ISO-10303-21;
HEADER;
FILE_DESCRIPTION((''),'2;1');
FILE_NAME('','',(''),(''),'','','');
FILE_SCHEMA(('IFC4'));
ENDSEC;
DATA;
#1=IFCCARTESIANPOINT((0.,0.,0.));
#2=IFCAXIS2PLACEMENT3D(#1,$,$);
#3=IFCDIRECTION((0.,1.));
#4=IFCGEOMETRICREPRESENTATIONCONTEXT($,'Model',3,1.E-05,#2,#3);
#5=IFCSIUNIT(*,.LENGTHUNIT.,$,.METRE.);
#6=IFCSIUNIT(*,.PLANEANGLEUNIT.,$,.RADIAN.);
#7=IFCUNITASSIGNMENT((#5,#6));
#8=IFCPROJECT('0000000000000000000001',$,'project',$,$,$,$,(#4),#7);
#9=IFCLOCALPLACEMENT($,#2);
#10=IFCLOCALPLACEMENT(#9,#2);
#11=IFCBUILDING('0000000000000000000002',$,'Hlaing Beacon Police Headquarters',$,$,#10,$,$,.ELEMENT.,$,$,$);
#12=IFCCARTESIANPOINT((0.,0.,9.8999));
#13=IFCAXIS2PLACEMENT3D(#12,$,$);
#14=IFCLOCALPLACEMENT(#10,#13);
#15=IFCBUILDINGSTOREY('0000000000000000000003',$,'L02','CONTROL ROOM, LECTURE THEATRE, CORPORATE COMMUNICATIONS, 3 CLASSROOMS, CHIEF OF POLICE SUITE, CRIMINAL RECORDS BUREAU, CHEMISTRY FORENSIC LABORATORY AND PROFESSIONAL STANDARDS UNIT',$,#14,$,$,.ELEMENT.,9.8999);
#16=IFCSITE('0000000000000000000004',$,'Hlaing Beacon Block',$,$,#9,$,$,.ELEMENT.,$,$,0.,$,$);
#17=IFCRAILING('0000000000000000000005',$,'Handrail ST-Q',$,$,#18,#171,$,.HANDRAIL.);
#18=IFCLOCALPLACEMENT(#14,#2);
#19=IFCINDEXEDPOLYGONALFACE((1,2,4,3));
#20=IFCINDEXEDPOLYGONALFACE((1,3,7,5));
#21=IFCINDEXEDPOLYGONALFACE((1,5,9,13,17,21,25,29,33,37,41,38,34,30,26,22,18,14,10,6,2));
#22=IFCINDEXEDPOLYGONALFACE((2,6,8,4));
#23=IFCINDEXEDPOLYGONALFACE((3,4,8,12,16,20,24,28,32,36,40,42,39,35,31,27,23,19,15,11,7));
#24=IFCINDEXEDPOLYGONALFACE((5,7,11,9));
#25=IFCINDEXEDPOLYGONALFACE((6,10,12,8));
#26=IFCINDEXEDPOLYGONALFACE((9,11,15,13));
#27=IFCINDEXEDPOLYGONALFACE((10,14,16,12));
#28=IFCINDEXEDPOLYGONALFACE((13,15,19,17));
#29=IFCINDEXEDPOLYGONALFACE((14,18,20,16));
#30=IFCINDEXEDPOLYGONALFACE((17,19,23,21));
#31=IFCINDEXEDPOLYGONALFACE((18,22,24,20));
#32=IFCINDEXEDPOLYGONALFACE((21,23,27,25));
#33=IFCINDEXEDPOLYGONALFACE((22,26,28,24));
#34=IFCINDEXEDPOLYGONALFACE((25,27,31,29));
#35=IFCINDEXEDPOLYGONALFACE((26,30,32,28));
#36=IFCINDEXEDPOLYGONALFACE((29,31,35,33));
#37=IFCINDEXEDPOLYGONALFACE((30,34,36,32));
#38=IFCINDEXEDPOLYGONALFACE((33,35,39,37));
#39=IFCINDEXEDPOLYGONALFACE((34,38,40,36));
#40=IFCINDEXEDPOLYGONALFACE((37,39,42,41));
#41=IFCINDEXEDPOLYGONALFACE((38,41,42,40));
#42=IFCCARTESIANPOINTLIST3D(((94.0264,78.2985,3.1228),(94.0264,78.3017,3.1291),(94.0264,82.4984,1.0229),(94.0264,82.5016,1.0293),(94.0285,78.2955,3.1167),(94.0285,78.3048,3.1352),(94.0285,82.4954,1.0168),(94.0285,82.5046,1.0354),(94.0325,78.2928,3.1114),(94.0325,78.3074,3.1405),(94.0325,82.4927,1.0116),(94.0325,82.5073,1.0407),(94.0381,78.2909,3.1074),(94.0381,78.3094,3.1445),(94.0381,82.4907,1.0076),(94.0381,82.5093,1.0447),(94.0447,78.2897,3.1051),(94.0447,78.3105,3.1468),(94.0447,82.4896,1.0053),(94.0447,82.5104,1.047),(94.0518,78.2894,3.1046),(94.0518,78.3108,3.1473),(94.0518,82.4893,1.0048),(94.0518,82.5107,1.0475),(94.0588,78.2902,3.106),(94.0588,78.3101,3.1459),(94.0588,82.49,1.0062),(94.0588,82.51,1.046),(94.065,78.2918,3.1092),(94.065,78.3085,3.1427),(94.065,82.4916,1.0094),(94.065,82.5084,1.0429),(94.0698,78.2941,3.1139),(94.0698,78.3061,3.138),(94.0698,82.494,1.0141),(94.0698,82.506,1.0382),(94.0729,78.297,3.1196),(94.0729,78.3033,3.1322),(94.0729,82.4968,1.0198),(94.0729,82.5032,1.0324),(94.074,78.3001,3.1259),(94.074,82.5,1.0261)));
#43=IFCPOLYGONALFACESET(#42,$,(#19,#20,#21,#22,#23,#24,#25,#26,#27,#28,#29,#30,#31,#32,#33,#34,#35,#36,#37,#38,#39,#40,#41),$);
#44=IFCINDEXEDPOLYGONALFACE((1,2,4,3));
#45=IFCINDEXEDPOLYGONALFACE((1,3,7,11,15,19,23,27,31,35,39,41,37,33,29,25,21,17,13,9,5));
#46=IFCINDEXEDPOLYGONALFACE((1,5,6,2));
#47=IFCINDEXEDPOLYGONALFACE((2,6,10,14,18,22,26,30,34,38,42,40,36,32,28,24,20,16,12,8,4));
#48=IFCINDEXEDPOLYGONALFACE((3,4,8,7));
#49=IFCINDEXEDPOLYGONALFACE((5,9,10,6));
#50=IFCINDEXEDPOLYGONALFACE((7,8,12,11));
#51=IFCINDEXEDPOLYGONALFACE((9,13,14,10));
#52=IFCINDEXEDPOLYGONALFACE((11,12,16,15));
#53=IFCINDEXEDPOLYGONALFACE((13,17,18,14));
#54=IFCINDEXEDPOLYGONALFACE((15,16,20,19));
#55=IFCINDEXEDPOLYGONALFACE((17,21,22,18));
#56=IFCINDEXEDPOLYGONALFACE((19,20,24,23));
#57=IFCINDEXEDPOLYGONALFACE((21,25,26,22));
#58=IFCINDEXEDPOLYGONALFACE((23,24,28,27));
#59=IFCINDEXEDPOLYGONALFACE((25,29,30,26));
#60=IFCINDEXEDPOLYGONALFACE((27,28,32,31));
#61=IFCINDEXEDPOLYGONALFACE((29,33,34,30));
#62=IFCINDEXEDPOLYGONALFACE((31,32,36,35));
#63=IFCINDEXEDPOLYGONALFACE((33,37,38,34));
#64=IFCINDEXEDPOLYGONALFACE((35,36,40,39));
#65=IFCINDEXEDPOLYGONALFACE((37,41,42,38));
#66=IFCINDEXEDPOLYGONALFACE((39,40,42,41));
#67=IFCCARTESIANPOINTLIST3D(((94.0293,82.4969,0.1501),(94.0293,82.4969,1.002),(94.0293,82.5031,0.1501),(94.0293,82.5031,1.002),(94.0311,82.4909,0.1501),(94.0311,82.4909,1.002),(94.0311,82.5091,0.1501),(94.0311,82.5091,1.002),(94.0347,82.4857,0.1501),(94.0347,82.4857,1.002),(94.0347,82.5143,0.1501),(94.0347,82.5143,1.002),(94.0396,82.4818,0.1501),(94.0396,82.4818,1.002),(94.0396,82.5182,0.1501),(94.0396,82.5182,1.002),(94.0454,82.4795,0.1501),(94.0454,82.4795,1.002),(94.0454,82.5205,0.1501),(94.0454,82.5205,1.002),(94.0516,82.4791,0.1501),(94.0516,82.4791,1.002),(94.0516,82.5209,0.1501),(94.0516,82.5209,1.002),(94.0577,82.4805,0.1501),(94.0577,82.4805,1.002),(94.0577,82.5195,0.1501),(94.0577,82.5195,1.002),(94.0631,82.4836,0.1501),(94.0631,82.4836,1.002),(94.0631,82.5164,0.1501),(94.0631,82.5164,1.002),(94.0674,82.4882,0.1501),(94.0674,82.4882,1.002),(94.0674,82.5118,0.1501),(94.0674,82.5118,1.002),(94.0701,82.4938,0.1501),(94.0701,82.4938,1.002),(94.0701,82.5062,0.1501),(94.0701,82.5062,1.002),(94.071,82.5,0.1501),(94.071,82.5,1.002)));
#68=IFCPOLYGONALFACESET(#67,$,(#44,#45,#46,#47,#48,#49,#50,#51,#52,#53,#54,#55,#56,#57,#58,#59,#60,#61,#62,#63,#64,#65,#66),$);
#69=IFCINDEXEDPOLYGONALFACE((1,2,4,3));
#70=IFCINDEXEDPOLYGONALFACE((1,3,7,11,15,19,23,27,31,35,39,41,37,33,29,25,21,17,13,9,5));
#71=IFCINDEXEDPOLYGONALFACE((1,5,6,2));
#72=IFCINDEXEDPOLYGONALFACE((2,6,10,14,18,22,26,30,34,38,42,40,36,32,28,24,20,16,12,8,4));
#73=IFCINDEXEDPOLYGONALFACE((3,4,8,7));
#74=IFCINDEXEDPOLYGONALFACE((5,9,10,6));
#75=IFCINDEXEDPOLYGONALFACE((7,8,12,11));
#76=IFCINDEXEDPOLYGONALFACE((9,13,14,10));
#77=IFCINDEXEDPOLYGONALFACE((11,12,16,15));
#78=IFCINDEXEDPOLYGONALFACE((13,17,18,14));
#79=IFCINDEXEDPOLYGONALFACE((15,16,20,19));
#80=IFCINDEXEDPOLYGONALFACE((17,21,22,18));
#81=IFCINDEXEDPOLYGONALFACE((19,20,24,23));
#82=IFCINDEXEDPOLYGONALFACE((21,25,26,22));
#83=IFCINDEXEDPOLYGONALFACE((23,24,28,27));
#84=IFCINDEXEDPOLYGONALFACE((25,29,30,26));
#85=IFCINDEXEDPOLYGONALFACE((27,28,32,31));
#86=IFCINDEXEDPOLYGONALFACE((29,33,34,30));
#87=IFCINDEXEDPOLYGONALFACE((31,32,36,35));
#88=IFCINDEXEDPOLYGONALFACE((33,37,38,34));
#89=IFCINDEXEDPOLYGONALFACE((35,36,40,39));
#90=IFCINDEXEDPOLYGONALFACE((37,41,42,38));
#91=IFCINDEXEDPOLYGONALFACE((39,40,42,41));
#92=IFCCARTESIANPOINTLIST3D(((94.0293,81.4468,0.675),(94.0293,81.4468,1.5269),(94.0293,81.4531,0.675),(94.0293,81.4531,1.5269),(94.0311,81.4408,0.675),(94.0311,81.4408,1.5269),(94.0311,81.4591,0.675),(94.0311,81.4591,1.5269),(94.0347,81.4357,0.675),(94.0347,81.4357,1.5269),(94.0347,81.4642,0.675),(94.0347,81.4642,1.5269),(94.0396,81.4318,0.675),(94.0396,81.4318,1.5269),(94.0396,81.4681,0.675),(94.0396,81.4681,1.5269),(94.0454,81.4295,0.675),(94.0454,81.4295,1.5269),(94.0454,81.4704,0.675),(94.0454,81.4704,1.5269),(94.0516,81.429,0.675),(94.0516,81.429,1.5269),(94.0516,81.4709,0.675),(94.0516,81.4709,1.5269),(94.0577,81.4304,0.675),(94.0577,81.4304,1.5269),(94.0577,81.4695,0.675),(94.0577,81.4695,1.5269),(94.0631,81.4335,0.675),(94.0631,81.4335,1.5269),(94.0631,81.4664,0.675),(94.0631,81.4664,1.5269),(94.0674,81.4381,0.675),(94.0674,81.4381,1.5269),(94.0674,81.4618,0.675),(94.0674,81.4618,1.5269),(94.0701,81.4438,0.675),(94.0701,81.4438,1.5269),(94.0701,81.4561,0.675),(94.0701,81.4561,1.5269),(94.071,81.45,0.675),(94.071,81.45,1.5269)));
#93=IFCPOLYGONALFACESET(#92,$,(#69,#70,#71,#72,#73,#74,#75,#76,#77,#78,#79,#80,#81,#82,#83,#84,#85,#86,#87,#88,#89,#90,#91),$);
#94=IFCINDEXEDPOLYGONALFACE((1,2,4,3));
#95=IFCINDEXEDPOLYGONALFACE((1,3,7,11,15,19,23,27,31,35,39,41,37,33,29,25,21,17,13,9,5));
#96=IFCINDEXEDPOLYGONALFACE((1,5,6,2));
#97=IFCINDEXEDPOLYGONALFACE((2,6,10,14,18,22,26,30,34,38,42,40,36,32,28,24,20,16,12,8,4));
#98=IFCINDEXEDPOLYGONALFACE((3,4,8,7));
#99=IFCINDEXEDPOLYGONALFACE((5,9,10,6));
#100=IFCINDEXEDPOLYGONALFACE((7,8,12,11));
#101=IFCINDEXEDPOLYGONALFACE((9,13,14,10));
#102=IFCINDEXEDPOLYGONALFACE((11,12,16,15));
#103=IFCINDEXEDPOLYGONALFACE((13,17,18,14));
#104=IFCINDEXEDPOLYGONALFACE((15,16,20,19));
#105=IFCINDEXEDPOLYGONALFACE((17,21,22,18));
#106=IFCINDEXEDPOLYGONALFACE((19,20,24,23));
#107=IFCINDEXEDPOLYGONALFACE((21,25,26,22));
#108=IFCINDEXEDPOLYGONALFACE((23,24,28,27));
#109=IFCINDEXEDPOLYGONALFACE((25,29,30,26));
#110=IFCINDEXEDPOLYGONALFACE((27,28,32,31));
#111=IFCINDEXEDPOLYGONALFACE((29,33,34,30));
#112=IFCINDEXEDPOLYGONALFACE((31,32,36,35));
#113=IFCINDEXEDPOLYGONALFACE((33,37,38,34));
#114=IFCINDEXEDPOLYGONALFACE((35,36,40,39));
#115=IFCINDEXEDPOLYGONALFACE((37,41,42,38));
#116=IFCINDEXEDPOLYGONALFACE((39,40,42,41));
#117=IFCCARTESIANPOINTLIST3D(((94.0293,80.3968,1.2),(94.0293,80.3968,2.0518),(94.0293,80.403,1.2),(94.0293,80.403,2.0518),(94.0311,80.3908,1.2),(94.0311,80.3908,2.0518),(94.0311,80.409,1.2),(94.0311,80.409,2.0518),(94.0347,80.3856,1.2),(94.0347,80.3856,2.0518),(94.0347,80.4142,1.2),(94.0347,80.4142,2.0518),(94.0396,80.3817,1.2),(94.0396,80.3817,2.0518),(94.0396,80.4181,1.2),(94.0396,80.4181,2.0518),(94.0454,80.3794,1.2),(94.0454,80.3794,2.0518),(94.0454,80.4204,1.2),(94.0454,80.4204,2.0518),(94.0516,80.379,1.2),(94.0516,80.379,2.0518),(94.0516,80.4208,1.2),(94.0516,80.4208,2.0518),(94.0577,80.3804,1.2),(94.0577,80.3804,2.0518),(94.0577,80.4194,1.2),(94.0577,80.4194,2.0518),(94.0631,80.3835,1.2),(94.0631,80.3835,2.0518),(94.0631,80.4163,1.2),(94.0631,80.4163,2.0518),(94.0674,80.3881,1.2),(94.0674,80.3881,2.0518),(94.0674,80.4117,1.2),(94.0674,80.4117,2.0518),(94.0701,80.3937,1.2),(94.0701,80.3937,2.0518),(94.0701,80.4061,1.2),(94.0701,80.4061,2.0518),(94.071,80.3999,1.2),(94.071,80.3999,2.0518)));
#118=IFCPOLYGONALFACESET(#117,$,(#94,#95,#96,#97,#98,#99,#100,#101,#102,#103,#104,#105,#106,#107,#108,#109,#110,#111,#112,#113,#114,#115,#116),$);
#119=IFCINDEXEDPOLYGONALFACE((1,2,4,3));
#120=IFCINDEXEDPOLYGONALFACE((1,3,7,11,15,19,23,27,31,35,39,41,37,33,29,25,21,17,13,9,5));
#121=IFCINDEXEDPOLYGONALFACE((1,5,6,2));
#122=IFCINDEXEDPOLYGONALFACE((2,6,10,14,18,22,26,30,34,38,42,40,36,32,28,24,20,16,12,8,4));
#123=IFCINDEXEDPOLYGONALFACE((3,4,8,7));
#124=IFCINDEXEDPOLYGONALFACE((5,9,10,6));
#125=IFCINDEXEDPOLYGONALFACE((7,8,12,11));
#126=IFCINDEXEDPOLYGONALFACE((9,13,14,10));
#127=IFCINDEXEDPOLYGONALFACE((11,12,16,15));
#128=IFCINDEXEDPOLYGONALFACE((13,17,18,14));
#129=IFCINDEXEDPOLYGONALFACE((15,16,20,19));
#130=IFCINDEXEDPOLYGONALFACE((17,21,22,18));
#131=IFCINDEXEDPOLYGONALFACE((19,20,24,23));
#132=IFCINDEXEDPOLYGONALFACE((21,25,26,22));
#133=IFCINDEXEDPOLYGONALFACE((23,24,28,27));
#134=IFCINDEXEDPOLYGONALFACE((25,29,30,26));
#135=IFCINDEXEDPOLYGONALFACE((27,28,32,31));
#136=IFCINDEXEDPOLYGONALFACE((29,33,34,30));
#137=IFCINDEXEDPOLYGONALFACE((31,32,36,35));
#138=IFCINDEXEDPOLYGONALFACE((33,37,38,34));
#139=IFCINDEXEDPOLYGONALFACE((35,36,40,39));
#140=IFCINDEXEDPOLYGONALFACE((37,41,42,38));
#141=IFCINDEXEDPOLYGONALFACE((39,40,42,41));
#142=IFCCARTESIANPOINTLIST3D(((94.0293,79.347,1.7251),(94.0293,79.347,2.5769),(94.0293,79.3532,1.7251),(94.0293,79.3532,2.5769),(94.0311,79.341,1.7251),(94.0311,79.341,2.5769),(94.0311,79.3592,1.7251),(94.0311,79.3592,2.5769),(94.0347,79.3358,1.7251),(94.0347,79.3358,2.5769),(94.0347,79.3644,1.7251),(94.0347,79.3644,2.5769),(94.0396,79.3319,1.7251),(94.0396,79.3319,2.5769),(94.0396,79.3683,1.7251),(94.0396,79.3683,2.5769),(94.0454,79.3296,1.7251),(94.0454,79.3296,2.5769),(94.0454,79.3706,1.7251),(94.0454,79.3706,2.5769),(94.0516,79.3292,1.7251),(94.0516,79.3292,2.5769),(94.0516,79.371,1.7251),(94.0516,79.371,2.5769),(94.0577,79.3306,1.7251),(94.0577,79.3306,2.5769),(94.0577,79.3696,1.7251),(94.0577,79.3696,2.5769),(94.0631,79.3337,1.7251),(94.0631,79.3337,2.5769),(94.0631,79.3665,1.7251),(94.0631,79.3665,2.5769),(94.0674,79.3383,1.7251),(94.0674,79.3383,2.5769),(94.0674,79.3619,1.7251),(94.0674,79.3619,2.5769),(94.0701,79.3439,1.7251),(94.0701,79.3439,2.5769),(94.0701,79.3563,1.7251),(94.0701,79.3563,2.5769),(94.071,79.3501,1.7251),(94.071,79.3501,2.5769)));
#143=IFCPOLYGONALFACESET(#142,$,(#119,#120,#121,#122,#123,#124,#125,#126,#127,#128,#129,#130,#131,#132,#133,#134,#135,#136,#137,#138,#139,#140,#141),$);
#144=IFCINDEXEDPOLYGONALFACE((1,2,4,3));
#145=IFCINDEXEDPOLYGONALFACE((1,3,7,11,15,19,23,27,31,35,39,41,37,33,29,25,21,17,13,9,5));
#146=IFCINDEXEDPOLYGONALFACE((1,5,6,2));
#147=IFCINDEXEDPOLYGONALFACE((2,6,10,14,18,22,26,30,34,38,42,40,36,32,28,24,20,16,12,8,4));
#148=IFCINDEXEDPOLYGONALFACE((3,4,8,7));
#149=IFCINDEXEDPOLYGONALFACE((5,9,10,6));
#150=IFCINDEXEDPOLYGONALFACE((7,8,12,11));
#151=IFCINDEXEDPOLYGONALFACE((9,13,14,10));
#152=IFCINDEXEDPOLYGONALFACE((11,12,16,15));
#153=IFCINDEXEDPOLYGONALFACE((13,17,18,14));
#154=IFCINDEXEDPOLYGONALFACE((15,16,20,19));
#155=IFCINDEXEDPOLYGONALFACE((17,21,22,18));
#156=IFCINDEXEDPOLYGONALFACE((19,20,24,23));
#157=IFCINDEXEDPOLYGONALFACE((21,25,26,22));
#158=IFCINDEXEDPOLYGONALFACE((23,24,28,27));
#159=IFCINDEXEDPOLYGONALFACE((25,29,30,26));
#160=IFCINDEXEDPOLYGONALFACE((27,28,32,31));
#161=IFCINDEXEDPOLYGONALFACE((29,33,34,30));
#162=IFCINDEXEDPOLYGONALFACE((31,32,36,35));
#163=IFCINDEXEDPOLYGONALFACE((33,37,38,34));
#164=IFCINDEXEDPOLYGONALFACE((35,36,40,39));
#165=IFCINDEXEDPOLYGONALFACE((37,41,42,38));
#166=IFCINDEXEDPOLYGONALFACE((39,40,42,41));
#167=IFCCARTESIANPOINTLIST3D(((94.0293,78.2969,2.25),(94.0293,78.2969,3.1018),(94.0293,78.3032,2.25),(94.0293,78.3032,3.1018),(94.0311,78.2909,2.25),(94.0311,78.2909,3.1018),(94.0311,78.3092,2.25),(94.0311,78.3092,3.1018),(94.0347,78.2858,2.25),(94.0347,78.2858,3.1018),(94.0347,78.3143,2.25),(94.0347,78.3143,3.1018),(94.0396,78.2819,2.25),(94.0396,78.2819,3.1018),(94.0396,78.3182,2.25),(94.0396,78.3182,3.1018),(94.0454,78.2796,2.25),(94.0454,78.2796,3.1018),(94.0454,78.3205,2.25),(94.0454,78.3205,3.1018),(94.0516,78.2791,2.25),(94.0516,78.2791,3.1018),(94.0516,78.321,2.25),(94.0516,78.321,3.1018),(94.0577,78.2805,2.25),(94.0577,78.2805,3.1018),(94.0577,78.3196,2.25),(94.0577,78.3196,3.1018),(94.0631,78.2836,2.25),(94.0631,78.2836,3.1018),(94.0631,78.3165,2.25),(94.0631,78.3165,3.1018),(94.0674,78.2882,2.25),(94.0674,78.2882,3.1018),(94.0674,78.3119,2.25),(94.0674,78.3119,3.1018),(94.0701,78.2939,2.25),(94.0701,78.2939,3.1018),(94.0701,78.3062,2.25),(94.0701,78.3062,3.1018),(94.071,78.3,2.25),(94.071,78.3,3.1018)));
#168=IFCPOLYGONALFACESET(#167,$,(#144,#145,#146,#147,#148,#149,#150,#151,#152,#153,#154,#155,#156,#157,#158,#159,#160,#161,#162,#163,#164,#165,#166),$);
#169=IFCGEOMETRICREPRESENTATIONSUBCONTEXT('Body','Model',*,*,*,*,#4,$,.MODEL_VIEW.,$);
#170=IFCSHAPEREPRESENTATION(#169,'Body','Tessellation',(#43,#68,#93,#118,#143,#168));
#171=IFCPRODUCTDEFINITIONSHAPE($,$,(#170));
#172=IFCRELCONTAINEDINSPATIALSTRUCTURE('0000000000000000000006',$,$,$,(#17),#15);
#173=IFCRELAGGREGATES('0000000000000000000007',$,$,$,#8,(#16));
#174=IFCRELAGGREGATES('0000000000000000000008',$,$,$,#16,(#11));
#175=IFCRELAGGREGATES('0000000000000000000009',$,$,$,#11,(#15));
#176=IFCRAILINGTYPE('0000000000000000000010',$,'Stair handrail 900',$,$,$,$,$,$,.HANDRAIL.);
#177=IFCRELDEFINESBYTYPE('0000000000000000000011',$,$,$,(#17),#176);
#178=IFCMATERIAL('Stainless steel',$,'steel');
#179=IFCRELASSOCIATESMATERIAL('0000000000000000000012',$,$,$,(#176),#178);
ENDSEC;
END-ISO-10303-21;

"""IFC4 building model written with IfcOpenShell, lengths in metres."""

from ifc_helpers import new_model, si_unit, direction, frame, origin, origin_2d, place, context, subcontext, project, spatial, circle, extrude, material, type_object, element, save


model = new_model("IFC4")

# Units and contexts
model_context = context("Model", 3, precision=1e-05, world=origin(), true_north=direction((0.0, 1.0)))
body_context = subcontext(model_context, "Body", "Model", "MODEL_VIEW")
ifc_project = project(units=[si_unit("LENGTHUNIT", "METRE"), si_unit("PLANEANGLEUNIT", "RADIAN")], contexts=[model_context])

# Site, building, storey
site_placement = place(None, origin())
site = spatial("IfcSite", under=ifc_project, at=site_placement, Name="Hlaing Beacon Block", CompositionType="ELEMENT", RefElevation=0.0)
building_placement = place(site_placement, origin())
building = spatial("IfcBuilding", under=site, at=building_placement, Name="Hlaing Beacon Police Headquarters", CompositionType="ELEMENT")
storey_placement = place(building_placement, frame((0.0, 0.0, 9.8999)))
storey = spatial("IfcBuildingStorey", under=building, at=storey_placement, Name="L02", Description="CONTROL ROOM, LECTURE THEATRE, CORPORATE COMMUNICATIONS, 3 CLASSROOMS, CHIEF OF POLICE SUITE, CRIMINAL RECORDS BUREAU, CHEMISTRY FORENSIC LABORATORY AND PROFESSIONAL STANDARDS UNIT", CompositionType="ELEMENT", Elevation=9.8999)

# Railing
ifc_material_1 = material(Name="Stainless steel", Category="steel")
railing_type_1 = type_object("IfcRailingType", Name="Stair handrail 900", PredefinedType="HANDRAIL", material=ifc_material_1)
for number, where, name in (
    (1, (94.05, 82.5, 0.1501), "Handrail ST-Q"),
):
    element("IfcRailing", number, at=place(storey_placement, frame(where)), inside=storey, type_object=railing_type_1, Name=name, PredefinedType="HANDRAIL", context=body_context, shape_type="SweptSolid", body=[
        extrude(circle(Radius=0.0239, at=origin_2d()), frame((0.0, 0.0, 0.876), z_axis=(0.0, -0.894438, 0.447193), x_axis=(1.0, 0.0, 0.0)), (0.0, 0.0, 1.0), 4.6956),
        extrude(circle(Radius=0.021, at=origin_2d()), origin(), (0.0, 0.0, 1.0), 0.8518),
        extrude(circle(Radius=0.021, at=origin_2d()), frame((0.0, -1.05, 0.5249)), (0.0, 0.0, 1.0), 0.8518),
        extrude(circle(Radius=0.021, at=origin_2d()), frame((0.0, -2.1001, 1.0498)), (0.0, 0.0, 1.0), 0.8518),
        extrude(circle(Radius=0.021, at=origin_2d()), frame((0.0, -3.1499, 1.575)), (0.0, 0.0, 1.0), 0.8518),
        extrude(circle(Radius=0.021, at=origin_2d()), frame((0.0, -4.2, 2.0999)), (0.0, 0.0, 1.0), 0.8518),
    ])

save(model, "model.ifc")
